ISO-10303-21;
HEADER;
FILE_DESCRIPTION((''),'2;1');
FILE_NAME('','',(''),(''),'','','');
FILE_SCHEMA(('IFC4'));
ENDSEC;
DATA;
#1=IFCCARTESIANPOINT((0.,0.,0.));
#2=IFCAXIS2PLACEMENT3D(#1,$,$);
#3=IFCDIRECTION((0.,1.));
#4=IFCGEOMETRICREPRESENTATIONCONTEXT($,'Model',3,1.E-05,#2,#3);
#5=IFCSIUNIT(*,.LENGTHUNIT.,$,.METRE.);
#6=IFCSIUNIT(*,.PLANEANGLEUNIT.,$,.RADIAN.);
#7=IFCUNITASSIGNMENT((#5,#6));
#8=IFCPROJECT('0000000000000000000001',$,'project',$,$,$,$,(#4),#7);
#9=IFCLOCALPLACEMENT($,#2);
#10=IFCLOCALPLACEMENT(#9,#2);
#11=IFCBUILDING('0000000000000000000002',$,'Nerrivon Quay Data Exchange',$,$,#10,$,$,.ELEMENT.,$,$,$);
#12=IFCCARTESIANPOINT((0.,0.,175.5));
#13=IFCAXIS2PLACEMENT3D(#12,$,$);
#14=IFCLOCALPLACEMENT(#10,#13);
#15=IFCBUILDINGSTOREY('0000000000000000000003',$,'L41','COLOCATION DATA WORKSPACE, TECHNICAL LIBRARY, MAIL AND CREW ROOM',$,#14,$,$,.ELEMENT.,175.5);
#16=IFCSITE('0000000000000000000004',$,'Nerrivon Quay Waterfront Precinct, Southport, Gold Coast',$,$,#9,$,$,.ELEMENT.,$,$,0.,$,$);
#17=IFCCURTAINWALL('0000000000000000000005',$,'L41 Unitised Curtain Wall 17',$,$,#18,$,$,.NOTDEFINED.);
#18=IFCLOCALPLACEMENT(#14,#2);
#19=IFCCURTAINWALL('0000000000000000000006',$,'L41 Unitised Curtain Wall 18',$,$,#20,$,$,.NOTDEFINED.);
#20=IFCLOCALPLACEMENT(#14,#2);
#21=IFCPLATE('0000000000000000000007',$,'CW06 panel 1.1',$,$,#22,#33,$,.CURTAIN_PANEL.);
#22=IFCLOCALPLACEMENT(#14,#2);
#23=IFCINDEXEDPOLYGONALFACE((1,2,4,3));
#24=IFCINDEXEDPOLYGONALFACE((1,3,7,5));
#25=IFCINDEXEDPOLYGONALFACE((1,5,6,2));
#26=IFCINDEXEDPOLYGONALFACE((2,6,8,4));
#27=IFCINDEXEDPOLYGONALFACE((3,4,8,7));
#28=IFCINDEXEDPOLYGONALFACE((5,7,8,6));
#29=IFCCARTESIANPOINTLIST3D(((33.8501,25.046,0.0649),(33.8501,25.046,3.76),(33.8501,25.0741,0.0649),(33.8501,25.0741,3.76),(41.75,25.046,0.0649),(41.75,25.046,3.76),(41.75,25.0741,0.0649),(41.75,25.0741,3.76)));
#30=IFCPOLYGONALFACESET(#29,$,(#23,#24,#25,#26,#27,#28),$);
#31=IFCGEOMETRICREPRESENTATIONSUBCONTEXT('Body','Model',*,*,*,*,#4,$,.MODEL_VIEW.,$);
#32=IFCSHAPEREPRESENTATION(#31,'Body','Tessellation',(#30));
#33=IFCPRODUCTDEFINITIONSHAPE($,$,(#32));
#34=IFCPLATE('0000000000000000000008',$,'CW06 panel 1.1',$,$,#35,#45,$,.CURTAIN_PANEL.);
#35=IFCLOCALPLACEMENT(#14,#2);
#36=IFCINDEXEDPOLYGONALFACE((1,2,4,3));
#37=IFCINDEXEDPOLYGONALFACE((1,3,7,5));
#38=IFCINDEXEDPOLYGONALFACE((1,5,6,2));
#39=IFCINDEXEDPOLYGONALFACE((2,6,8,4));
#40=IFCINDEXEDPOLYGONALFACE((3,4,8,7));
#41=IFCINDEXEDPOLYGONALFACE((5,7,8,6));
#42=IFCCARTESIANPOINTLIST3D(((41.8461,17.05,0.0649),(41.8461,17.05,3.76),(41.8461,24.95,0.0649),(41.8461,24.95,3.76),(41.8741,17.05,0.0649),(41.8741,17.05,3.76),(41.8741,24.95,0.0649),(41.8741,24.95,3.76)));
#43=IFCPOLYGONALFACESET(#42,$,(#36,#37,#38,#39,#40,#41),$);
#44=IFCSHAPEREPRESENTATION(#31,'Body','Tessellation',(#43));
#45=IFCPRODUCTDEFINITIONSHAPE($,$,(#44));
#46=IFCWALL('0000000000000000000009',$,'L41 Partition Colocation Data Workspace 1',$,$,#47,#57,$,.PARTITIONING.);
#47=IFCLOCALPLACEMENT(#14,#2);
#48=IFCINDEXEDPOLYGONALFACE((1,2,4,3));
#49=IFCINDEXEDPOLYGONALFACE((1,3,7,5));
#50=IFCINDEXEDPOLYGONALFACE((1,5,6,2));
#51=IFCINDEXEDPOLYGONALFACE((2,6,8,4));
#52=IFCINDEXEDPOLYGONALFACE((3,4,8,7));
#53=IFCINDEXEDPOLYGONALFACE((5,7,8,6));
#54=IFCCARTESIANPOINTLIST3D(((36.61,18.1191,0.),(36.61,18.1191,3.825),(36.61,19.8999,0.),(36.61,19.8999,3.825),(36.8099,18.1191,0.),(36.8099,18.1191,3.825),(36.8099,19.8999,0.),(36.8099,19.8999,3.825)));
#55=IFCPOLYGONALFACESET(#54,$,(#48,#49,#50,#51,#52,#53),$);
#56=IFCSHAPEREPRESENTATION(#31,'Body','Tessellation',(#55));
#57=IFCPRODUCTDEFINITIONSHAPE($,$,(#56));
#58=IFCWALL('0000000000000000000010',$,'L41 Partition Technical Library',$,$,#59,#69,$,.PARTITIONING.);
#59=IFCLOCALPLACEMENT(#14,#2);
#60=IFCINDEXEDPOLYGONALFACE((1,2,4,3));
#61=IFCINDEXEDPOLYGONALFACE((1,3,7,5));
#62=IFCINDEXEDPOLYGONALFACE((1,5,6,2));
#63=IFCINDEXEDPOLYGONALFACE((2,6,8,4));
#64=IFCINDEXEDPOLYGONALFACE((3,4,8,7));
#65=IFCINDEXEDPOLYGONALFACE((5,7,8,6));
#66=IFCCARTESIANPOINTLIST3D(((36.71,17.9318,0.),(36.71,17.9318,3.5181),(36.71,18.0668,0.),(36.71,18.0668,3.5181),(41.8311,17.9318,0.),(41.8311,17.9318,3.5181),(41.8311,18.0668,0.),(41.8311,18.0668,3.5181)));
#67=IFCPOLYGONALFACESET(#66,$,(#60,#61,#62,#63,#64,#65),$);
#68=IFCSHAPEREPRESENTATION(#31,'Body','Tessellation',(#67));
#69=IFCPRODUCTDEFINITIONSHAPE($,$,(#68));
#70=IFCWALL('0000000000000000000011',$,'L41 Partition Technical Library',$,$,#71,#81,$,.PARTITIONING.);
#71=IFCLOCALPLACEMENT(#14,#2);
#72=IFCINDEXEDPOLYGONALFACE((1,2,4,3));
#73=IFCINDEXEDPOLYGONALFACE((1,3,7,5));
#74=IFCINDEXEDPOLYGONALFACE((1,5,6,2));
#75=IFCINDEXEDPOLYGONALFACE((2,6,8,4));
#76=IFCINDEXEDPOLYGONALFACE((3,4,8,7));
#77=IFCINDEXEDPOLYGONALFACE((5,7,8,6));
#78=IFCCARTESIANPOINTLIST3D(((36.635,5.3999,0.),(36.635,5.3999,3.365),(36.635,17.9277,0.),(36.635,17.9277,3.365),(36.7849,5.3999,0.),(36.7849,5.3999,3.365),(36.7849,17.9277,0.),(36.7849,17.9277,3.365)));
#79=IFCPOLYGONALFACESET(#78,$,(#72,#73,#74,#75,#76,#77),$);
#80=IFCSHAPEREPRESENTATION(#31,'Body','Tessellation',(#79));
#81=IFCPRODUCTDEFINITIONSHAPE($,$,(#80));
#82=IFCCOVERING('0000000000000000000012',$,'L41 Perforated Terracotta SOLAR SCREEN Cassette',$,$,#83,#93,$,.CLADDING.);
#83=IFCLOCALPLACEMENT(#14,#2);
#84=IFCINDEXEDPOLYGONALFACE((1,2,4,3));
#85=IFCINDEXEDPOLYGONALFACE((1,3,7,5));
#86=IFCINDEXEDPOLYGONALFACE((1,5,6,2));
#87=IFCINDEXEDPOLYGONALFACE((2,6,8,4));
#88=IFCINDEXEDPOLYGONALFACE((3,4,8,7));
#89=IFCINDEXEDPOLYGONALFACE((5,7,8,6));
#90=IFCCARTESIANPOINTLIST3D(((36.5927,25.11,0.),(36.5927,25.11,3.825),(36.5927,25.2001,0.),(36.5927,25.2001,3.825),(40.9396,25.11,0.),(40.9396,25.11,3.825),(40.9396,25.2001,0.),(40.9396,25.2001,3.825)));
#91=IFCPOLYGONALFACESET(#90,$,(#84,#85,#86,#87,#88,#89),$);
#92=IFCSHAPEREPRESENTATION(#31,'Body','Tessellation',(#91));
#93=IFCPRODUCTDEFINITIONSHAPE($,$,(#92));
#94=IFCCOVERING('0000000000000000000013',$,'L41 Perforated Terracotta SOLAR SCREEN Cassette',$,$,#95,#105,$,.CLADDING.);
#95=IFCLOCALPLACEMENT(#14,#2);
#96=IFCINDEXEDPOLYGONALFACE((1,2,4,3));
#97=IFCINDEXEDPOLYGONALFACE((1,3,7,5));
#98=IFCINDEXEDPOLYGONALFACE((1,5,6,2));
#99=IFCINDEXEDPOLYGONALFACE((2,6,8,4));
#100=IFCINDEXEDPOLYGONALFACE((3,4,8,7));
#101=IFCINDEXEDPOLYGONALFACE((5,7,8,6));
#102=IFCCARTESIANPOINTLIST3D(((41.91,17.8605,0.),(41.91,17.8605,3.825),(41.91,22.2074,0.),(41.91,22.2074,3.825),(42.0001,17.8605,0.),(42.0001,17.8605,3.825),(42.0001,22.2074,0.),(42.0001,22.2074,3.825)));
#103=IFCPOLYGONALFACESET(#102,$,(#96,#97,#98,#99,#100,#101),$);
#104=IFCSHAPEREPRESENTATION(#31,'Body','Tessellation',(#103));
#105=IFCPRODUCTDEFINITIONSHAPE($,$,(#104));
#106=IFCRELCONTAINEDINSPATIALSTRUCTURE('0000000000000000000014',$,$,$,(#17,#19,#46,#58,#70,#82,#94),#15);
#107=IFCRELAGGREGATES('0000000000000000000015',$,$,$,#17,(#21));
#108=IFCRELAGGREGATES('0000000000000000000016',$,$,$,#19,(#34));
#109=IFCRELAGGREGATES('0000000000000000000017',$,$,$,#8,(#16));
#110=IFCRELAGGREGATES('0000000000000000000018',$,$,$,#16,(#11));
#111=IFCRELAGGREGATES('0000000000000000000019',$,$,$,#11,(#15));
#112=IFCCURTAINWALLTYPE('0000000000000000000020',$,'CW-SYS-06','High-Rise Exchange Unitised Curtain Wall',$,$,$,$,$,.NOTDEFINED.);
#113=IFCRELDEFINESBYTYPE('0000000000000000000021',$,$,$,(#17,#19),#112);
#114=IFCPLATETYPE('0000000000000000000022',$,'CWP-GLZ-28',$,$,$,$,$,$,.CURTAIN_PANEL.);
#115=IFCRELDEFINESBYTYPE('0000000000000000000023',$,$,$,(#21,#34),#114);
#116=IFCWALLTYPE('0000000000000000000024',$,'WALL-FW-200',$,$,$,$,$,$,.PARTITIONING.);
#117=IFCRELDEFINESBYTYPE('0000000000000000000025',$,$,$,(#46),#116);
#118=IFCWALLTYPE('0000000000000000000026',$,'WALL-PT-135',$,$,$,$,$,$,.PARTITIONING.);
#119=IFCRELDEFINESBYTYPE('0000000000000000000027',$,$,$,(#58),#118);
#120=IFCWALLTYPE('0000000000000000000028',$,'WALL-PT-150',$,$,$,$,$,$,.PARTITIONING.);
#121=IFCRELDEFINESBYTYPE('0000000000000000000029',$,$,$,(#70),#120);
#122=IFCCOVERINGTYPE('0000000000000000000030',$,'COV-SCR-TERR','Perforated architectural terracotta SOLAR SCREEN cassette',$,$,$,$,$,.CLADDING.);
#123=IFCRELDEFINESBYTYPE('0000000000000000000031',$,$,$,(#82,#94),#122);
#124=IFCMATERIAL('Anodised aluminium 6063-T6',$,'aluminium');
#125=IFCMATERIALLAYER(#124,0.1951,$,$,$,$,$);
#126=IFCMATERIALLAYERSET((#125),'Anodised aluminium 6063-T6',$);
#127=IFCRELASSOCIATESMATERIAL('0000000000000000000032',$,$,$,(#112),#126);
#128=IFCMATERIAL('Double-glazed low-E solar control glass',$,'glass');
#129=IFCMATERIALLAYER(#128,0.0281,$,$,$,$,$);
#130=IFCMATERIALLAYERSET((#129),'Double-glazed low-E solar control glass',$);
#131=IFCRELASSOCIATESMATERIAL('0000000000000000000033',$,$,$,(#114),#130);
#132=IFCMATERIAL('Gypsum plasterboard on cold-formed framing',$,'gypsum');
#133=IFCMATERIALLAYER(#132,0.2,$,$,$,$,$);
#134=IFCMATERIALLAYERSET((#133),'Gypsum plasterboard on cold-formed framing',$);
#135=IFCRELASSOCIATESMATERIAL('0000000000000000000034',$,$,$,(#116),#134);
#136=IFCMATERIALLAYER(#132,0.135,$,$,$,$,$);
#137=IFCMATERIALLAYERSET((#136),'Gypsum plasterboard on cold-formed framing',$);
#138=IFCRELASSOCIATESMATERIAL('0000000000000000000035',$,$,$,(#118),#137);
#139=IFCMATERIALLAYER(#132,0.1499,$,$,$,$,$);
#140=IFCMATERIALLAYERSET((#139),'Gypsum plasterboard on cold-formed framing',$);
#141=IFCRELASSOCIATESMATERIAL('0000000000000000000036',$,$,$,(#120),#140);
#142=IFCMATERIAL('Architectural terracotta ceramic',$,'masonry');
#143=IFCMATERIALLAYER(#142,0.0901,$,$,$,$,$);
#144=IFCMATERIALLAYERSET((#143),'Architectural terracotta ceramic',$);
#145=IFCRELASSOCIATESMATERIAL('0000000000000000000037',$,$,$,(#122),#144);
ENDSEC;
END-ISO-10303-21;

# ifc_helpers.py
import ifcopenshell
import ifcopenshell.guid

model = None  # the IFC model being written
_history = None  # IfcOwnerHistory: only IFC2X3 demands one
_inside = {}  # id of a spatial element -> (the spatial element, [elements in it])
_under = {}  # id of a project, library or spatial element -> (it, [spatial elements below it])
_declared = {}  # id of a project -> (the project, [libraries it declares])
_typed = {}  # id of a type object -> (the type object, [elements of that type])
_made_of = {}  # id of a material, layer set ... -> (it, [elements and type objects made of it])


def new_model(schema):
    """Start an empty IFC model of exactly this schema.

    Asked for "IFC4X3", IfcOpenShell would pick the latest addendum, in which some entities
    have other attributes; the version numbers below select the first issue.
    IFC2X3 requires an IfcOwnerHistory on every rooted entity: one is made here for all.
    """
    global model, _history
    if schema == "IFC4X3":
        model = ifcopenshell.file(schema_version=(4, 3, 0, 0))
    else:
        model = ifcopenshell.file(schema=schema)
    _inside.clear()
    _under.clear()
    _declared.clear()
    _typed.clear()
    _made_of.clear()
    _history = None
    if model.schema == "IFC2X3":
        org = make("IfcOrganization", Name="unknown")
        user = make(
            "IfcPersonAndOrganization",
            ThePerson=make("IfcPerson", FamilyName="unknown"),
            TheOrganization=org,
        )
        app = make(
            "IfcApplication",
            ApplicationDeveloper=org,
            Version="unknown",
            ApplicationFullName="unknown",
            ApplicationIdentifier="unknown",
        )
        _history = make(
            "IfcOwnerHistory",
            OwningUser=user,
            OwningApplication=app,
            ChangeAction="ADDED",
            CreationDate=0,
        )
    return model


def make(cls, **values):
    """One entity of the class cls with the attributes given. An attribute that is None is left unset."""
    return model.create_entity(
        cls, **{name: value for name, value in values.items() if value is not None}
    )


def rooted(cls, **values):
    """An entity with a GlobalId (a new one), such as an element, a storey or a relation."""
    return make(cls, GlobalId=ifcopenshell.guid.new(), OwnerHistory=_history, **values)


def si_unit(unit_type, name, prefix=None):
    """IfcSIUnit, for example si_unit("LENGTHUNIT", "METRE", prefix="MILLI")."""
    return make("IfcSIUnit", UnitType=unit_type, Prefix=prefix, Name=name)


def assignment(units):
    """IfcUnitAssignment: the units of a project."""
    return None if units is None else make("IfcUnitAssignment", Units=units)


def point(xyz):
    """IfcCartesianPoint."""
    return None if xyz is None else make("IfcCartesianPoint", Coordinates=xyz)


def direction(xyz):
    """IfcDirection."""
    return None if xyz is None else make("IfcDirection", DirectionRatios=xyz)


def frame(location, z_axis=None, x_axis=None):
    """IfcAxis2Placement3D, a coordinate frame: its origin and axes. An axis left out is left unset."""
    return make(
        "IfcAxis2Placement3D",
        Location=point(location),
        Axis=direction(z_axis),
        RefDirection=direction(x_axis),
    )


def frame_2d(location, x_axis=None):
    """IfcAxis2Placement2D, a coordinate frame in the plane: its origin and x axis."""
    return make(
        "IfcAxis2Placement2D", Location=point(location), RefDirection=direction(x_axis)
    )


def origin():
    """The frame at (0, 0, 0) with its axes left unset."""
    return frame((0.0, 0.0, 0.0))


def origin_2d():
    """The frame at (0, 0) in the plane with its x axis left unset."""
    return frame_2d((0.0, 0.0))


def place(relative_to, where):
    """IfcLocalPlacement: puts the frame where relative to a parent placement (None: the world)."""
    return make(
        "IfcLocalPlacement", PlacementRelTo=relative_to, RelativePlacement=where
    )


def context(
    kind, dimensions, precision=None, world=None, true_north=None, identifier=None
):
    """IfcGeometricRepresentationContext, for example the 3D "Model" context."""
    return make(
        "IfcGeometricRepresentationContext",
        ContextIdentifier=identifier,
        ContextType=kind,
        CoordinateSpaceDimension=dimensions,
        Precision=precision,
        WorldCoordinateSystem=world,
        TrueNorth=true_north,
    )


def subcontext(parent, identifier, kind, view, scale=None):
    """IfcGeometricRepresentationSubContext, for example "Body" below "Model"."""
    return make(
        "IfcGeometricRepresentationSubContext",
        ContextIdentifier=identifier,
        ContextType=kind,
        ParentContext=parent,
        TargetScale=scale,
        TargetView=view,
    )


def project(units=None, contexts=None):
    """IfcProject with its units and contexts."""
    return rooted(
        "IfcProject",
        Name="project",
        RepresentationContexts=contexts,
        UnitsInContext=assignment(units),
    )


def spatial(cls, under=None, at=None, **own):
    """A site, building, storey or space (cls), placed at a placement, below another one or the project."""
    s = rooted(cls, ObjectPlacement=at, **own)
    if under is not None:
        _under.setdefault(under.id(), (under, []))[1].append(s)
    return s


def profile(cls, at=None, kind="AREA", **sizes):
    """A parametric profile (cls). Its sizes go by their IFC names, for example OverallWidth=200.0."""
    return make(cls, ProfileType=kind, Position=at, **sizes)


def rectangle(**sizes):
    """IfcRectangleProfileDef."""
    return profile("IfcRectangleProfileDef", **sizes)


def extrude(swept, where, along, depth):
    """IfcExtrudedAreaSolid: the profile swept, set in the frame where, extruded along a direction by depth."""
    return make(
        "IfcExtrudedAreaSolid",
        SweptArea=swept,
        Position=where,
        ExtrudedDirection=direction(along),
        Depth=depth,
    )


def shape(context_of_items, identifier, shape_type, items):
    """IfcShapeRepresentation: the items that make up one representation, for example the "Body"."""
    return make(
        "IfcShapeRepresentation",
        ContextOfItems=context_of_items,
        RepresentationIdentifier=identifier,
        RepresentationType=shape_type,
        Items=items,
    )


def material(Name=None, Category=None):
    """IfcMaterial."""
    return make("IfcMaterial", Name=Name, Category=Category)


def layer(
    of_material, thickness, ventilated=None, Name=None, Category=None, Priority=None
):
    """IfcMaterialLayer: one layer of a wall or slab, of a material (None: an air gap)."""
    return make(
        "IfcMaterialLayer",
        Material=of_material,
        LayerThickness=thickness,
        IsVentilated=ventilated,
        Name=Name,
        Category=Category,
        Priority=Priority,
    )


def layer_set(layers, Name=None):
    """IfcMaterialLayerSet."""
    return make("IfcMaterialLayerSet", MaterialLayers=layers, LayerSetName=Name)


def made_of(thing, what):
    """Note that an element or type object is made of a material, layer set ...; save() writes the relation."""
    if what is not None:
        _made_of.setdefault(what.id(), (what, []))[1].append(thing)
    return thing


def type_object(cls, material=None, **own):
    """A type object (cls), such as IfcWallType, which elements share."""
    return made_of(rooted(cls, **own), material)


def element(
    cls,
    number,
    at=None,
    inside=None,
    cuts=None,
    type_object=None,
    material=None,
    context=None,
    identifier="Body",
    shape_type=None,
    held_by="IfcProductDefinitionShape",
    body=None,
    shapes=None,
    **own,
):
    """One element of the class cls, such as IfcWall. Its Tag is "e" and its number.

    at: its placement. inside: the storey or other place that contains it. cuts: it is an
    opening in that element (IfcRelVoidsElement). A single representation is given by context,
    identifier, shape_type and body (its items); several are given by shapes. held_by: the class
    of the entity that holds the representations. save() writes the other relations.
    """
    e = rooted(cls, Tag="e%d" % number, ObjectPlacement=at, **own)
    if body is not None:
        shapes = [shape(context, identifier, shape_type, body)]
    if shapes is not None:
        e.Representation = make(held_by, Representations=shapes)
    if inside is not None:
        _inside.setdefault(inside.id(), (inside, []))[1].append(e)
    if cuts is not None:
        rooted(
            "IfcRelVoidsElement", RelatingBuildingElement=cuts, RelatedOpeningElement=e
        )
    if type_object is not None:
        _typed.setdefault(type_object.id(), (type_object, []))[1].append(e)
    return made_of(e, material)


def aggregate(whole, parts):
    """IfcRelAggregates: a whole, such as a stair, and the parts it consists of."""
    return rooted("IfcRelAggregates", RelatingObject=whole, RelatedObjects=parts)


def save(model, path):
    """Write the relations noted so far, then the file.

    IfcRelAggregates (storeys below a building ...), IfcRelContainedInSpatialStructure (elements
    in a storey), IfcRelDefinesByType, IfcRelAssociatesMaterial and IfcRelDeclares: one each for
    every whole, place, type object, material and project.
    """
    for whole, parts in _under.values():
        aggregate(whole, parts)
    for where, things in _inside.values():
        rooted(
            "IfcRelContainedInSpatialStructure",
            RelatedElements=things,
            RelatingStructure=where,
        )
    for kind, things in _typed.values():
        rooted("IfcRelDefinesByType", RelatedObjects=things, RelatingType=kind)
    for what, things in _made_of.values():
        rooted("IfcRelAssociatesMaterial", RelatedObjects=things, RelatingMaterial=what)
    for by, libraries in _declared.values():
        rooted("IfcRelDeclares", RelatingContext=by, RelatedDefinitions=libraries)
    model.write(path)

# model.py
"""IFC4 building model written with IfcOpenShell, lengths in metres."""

from ifc_helpers import new_model, si_unit, direction, frame, frame_2d, origin, origin_2d, place, context, subcontext, project, spatial, rectangle, extrude, material, layer, layer_set, type_object, element, aggregate, save


model = new_model("IFC4")

# Units and contexts
model_context = context("Model", 3, precision=1e-05, world=origin(), true_north=direction((0.0, 1.0)))
body_context = subcontext(model_context, "Body", "Model", "MODEL_VIEW")
ifc_project = project(units=[si_unit("LENGTHUNIT", "METRE"), si_unit("PLANEANGLEUNIT", "RADIAN")], contexts=[model_context])

# Site, building, storey
site_placement = place(None, origin())
site = spatial("IfcSite", under=ifc_project, at=site_placement, Name="Nerrivon Quay Waterfront Precinct, Southport, Gold Coast", CompositionType="ELEMENT", RefElevation=0.0)
building_placement = place(site_placement, origin())
building = spatial("IfcBuilding", under=site, at=building_placement, Name="Nerrivon Quay Data Exchange", CompositionType="ELEMENT")
storey_placement = place(building_placement, frame((0.0, 0.0, 175.5)))
storey = spatial("IfcBuildingStorey", under=building, at=storey_placement, Name="L41", Description="COLOCATION DATA WORKSPACE, TECHNICAL LIBRARY, MAIL AND CREW ROOM", CompositionType="ELEMENT", Elevation=175.5)

# Curtain walls
ifc_material_1 = material(Name="Anodised aluminium 6063-T6", Category="aluminium")
ifc_layer_1 = layer(ifc_material_1, 0.1951)
ifc_layer_set_1 = layer_set([ifc_layer_1], Name="Anodised aluminium 6063-T6")
curtain_wall_type = type_object("IfcCurtainWallType", Name="CW-SYS-06", Description="High-Rise Exchange Unitised Curtain Wall", PredefinedType="NOTDEFINED", material=ifc_layer_set_1)
curtain_wall_1_placement = place(storey_placement, origin())
curtain_wall_1 = element("IfcCurtainWall", 1, at=curtain_wall_1_placement, inside=storey, type_object=curtain_wall_type, Name="L41 Unitised Curtain Wall 17", PredefinedType="NOTDEFINED")
curtain_wall_2_placement = place(storey_placement, origin())
curtain_wall_2 = element("IfcCurtainWall", 2, at=curtain_wall_2_placement, inside=storey, type_object=curtain_wall_type, Name="L41 Unitised Curtain Wall 18", PredefinedType="NOTDEFINED")

# Plates
ifc_material_2 = material(Name="Double-glazed low-E solar control glass", Category="glass")
ifc_layer_2 = layer(ifc_material_2, 0.0281)
ifc_layer_set_2 = layer_set([ifc_layer_2], Name="Double-glazed low-E solar control glass")
plate_type = type_object("IfcPlateType", Name="CWP-GLZ-28", PredefinedType="CURTAIN_PANEL", material=ifc_layer_set_2)
plate_1_placement = place(storey_placement, frame((37.8, 25.0601, 0.0649), z_axis=(0.0, 0.0, 1.0), x_axis=(1.0, 0.0, 0.0)))
plate_1 = element("IfcPlate", 3, at=plate_1_placement, type_object=plate_type, Name="CW06 panel 1.1", PredefinedType="CURTAIN_PANEL", context=body_context, shape_type="SweptSolid", body=[
    extrude(rectangle(XDim=7.8999, YDim=0.0281, at=origin_2d()), origin(), (0.0, 0.0, 1.0), 3.6951),
])
aggregate(curtain_wall_1, [plate_1])
plate_2_placement = place(storey_placement, frame((41.8601, 21.0, 0.0649), z_axis=(0.0, 0.0, 1.0), x_axis=(0.0, -1.0, 0.0)))
plate_2 = element("IfcPlate", 4, at=plate_2_placement, type_object=plate_type, Name="CW06 panel 1.1", PredefinedType="CURTAIN_PANEL", context=body_context, shape_type="SweptSolid", body=[
    extrude(rectangle(XDim=7.8999, YDim=0.0281, at=origin_2d()), origin(), (0.0, 0.0, 1.0), 3.6951),
])
aggregate(curtain_wall_2, [plate_2])

# Walls
ifc_material_3 = material(Name="Gypsum plasterboard on cold-formed framing", Category="gypsum")
ifc_layer_3 = layer(ifc_material_3, 0.2)
ifc_layer_set_3 = layer_set([ifc_layer_3], Name="Gypsum plasterboard on cold-formed framing")
wall_type_1 = type_object("IfcWallType", Name="WALL-FW-200", PredefinedType="PARTITIONING", material=ifc_layer_set_3)
wall_1_placement = place(storey_placement, frame((36.71, 19.8999, 0.0), z_axis=(0.0, 0.0, 1.0), x_axis=(0.0, -1.0, 0.0)))
element("IfcWall", 5, at=wall_1_placement, inside=storey, type_object=wall_type_1, Name="L41 Partition Colocation Data Workspace 1", PredefinedType="PARTITIONING", context=body_context, shape_type="SweptSolid", body=[
    extrude(rectangle(XDim=1.7808, YDim=0.2, at=frame_2d((0.8904, 0.0))), origin(), (0.0, 0.0, 1.0), 3.825),
])
ifc_layer_4 = layer(ifc_material_3, 0.135)
ifc_layer_set_4 = layer_set([ifc_layer_4], Name="Gypsum plasterboard on cold-formed framing")
wall_type_2 = type_object("IfcWallType", Name="WALL-PT-135", PredefinedType="PARTITIONING", material=ifc_layer_set_4)
wall_2_placement = place(storey_placement, frame((41.8311, 17.9993, 0.0), z_axis=(0.0, 0.0, 1.0), x_axis=(-1.0, 0.0, 0.0)))
element("IfcWall", 6, at=wall_2_placement, inside=storey, type_object=wall_type_2, Name="L41 Partition Technical Library", PredefinedType="PARTITIONING", context=body_context, shape_type="SweptSolid", body=[
    extrude(rectangle(XDim=5.1211, YDim=0.135, at=frame_2d((2.5605, 0.0))), origin(), (0.0, 0.0, 1.0), 3.5181),
])
ifc_layer_5 = layer(ifc_material_3, 0.1499)
ifc_layer_set_5 = layer_set([ifc_layer_5], Name="Gypsum plasterboard on cold-formed framing")
wall_type_3 = type_object("IfcWallType", Name="WALL-PT-150", PredefinedType="PARTITIONING", material=ifc_layer_set_5)
wall_3_placement = place(storey_placement, frame((36.71, 17.9277, 0.0), z_axis=(0.0, 0.0, 1.0), x_axis=(0.0, -1.0, 0.0)))
element("IfcWall", 7, at=wall_3_placement, inside=storey, type_object=wall_type_3, Name="L41 Partition Technical Library", PredefinedType="PARTITIONING", context=body_context, shape_type="SweptSolid", body=[
    extrude(rectangle(XDim=12.5278, YDim=0.1499, at=frame_2d((6.2639, 0.0))), origin(), (0.0, 0.0, 1.0), 3.365),
])

# Coverings
ifc_material_4 = material(Name="Architectural terracotta ceramic", Category="masonry")
ifc_layer_6 = layer(ifc_material_4, 0.0901)
ifc_layer_set_6 = layer_set([ifc_layer_6], Name="Architectural terracotta ceramic")
covering_type = type_object("IfcCoveringType", Name="COV-SCR-TERR", Description="Perforated architectural terracotta SOLAR SCREEN cassette", PredefinedType="CLADDING", material=ifc_layer_set_6)
for number, where, z_axis, x_axis, name in (
    (8, (38.7661, 25.155, 0.0), (0.0, 0.0, 1.0), (1.0, 0.0, 0.0), "L41 Perforated Terracotta SOLAR SCREEN Cassette"),
    (9, (41.9551, 20.0339, 0.0), (0.0, 0.0, 1.0), (0.0, -1.0, 0.0), "L41 Perforated Terracotta SOLAR SCREEN Cassette"),
):
    element("IfcCovering", number, at=place(storey_placement, frame(where, z_axis=z_axis, x_axis=x_axis)), inside=storey, type_object=covering_type, Name=name, PredefinedType="CLADDING", context=body_context, shape_type="SweptSolid", body=[
        extrude(rectangle(XDim=4.3469, YDim=0.0901, at=origin_2d()), origin(), (0.0, 0.0, 1.0), 3.825),
    ])

save(model, "model.ifc")
